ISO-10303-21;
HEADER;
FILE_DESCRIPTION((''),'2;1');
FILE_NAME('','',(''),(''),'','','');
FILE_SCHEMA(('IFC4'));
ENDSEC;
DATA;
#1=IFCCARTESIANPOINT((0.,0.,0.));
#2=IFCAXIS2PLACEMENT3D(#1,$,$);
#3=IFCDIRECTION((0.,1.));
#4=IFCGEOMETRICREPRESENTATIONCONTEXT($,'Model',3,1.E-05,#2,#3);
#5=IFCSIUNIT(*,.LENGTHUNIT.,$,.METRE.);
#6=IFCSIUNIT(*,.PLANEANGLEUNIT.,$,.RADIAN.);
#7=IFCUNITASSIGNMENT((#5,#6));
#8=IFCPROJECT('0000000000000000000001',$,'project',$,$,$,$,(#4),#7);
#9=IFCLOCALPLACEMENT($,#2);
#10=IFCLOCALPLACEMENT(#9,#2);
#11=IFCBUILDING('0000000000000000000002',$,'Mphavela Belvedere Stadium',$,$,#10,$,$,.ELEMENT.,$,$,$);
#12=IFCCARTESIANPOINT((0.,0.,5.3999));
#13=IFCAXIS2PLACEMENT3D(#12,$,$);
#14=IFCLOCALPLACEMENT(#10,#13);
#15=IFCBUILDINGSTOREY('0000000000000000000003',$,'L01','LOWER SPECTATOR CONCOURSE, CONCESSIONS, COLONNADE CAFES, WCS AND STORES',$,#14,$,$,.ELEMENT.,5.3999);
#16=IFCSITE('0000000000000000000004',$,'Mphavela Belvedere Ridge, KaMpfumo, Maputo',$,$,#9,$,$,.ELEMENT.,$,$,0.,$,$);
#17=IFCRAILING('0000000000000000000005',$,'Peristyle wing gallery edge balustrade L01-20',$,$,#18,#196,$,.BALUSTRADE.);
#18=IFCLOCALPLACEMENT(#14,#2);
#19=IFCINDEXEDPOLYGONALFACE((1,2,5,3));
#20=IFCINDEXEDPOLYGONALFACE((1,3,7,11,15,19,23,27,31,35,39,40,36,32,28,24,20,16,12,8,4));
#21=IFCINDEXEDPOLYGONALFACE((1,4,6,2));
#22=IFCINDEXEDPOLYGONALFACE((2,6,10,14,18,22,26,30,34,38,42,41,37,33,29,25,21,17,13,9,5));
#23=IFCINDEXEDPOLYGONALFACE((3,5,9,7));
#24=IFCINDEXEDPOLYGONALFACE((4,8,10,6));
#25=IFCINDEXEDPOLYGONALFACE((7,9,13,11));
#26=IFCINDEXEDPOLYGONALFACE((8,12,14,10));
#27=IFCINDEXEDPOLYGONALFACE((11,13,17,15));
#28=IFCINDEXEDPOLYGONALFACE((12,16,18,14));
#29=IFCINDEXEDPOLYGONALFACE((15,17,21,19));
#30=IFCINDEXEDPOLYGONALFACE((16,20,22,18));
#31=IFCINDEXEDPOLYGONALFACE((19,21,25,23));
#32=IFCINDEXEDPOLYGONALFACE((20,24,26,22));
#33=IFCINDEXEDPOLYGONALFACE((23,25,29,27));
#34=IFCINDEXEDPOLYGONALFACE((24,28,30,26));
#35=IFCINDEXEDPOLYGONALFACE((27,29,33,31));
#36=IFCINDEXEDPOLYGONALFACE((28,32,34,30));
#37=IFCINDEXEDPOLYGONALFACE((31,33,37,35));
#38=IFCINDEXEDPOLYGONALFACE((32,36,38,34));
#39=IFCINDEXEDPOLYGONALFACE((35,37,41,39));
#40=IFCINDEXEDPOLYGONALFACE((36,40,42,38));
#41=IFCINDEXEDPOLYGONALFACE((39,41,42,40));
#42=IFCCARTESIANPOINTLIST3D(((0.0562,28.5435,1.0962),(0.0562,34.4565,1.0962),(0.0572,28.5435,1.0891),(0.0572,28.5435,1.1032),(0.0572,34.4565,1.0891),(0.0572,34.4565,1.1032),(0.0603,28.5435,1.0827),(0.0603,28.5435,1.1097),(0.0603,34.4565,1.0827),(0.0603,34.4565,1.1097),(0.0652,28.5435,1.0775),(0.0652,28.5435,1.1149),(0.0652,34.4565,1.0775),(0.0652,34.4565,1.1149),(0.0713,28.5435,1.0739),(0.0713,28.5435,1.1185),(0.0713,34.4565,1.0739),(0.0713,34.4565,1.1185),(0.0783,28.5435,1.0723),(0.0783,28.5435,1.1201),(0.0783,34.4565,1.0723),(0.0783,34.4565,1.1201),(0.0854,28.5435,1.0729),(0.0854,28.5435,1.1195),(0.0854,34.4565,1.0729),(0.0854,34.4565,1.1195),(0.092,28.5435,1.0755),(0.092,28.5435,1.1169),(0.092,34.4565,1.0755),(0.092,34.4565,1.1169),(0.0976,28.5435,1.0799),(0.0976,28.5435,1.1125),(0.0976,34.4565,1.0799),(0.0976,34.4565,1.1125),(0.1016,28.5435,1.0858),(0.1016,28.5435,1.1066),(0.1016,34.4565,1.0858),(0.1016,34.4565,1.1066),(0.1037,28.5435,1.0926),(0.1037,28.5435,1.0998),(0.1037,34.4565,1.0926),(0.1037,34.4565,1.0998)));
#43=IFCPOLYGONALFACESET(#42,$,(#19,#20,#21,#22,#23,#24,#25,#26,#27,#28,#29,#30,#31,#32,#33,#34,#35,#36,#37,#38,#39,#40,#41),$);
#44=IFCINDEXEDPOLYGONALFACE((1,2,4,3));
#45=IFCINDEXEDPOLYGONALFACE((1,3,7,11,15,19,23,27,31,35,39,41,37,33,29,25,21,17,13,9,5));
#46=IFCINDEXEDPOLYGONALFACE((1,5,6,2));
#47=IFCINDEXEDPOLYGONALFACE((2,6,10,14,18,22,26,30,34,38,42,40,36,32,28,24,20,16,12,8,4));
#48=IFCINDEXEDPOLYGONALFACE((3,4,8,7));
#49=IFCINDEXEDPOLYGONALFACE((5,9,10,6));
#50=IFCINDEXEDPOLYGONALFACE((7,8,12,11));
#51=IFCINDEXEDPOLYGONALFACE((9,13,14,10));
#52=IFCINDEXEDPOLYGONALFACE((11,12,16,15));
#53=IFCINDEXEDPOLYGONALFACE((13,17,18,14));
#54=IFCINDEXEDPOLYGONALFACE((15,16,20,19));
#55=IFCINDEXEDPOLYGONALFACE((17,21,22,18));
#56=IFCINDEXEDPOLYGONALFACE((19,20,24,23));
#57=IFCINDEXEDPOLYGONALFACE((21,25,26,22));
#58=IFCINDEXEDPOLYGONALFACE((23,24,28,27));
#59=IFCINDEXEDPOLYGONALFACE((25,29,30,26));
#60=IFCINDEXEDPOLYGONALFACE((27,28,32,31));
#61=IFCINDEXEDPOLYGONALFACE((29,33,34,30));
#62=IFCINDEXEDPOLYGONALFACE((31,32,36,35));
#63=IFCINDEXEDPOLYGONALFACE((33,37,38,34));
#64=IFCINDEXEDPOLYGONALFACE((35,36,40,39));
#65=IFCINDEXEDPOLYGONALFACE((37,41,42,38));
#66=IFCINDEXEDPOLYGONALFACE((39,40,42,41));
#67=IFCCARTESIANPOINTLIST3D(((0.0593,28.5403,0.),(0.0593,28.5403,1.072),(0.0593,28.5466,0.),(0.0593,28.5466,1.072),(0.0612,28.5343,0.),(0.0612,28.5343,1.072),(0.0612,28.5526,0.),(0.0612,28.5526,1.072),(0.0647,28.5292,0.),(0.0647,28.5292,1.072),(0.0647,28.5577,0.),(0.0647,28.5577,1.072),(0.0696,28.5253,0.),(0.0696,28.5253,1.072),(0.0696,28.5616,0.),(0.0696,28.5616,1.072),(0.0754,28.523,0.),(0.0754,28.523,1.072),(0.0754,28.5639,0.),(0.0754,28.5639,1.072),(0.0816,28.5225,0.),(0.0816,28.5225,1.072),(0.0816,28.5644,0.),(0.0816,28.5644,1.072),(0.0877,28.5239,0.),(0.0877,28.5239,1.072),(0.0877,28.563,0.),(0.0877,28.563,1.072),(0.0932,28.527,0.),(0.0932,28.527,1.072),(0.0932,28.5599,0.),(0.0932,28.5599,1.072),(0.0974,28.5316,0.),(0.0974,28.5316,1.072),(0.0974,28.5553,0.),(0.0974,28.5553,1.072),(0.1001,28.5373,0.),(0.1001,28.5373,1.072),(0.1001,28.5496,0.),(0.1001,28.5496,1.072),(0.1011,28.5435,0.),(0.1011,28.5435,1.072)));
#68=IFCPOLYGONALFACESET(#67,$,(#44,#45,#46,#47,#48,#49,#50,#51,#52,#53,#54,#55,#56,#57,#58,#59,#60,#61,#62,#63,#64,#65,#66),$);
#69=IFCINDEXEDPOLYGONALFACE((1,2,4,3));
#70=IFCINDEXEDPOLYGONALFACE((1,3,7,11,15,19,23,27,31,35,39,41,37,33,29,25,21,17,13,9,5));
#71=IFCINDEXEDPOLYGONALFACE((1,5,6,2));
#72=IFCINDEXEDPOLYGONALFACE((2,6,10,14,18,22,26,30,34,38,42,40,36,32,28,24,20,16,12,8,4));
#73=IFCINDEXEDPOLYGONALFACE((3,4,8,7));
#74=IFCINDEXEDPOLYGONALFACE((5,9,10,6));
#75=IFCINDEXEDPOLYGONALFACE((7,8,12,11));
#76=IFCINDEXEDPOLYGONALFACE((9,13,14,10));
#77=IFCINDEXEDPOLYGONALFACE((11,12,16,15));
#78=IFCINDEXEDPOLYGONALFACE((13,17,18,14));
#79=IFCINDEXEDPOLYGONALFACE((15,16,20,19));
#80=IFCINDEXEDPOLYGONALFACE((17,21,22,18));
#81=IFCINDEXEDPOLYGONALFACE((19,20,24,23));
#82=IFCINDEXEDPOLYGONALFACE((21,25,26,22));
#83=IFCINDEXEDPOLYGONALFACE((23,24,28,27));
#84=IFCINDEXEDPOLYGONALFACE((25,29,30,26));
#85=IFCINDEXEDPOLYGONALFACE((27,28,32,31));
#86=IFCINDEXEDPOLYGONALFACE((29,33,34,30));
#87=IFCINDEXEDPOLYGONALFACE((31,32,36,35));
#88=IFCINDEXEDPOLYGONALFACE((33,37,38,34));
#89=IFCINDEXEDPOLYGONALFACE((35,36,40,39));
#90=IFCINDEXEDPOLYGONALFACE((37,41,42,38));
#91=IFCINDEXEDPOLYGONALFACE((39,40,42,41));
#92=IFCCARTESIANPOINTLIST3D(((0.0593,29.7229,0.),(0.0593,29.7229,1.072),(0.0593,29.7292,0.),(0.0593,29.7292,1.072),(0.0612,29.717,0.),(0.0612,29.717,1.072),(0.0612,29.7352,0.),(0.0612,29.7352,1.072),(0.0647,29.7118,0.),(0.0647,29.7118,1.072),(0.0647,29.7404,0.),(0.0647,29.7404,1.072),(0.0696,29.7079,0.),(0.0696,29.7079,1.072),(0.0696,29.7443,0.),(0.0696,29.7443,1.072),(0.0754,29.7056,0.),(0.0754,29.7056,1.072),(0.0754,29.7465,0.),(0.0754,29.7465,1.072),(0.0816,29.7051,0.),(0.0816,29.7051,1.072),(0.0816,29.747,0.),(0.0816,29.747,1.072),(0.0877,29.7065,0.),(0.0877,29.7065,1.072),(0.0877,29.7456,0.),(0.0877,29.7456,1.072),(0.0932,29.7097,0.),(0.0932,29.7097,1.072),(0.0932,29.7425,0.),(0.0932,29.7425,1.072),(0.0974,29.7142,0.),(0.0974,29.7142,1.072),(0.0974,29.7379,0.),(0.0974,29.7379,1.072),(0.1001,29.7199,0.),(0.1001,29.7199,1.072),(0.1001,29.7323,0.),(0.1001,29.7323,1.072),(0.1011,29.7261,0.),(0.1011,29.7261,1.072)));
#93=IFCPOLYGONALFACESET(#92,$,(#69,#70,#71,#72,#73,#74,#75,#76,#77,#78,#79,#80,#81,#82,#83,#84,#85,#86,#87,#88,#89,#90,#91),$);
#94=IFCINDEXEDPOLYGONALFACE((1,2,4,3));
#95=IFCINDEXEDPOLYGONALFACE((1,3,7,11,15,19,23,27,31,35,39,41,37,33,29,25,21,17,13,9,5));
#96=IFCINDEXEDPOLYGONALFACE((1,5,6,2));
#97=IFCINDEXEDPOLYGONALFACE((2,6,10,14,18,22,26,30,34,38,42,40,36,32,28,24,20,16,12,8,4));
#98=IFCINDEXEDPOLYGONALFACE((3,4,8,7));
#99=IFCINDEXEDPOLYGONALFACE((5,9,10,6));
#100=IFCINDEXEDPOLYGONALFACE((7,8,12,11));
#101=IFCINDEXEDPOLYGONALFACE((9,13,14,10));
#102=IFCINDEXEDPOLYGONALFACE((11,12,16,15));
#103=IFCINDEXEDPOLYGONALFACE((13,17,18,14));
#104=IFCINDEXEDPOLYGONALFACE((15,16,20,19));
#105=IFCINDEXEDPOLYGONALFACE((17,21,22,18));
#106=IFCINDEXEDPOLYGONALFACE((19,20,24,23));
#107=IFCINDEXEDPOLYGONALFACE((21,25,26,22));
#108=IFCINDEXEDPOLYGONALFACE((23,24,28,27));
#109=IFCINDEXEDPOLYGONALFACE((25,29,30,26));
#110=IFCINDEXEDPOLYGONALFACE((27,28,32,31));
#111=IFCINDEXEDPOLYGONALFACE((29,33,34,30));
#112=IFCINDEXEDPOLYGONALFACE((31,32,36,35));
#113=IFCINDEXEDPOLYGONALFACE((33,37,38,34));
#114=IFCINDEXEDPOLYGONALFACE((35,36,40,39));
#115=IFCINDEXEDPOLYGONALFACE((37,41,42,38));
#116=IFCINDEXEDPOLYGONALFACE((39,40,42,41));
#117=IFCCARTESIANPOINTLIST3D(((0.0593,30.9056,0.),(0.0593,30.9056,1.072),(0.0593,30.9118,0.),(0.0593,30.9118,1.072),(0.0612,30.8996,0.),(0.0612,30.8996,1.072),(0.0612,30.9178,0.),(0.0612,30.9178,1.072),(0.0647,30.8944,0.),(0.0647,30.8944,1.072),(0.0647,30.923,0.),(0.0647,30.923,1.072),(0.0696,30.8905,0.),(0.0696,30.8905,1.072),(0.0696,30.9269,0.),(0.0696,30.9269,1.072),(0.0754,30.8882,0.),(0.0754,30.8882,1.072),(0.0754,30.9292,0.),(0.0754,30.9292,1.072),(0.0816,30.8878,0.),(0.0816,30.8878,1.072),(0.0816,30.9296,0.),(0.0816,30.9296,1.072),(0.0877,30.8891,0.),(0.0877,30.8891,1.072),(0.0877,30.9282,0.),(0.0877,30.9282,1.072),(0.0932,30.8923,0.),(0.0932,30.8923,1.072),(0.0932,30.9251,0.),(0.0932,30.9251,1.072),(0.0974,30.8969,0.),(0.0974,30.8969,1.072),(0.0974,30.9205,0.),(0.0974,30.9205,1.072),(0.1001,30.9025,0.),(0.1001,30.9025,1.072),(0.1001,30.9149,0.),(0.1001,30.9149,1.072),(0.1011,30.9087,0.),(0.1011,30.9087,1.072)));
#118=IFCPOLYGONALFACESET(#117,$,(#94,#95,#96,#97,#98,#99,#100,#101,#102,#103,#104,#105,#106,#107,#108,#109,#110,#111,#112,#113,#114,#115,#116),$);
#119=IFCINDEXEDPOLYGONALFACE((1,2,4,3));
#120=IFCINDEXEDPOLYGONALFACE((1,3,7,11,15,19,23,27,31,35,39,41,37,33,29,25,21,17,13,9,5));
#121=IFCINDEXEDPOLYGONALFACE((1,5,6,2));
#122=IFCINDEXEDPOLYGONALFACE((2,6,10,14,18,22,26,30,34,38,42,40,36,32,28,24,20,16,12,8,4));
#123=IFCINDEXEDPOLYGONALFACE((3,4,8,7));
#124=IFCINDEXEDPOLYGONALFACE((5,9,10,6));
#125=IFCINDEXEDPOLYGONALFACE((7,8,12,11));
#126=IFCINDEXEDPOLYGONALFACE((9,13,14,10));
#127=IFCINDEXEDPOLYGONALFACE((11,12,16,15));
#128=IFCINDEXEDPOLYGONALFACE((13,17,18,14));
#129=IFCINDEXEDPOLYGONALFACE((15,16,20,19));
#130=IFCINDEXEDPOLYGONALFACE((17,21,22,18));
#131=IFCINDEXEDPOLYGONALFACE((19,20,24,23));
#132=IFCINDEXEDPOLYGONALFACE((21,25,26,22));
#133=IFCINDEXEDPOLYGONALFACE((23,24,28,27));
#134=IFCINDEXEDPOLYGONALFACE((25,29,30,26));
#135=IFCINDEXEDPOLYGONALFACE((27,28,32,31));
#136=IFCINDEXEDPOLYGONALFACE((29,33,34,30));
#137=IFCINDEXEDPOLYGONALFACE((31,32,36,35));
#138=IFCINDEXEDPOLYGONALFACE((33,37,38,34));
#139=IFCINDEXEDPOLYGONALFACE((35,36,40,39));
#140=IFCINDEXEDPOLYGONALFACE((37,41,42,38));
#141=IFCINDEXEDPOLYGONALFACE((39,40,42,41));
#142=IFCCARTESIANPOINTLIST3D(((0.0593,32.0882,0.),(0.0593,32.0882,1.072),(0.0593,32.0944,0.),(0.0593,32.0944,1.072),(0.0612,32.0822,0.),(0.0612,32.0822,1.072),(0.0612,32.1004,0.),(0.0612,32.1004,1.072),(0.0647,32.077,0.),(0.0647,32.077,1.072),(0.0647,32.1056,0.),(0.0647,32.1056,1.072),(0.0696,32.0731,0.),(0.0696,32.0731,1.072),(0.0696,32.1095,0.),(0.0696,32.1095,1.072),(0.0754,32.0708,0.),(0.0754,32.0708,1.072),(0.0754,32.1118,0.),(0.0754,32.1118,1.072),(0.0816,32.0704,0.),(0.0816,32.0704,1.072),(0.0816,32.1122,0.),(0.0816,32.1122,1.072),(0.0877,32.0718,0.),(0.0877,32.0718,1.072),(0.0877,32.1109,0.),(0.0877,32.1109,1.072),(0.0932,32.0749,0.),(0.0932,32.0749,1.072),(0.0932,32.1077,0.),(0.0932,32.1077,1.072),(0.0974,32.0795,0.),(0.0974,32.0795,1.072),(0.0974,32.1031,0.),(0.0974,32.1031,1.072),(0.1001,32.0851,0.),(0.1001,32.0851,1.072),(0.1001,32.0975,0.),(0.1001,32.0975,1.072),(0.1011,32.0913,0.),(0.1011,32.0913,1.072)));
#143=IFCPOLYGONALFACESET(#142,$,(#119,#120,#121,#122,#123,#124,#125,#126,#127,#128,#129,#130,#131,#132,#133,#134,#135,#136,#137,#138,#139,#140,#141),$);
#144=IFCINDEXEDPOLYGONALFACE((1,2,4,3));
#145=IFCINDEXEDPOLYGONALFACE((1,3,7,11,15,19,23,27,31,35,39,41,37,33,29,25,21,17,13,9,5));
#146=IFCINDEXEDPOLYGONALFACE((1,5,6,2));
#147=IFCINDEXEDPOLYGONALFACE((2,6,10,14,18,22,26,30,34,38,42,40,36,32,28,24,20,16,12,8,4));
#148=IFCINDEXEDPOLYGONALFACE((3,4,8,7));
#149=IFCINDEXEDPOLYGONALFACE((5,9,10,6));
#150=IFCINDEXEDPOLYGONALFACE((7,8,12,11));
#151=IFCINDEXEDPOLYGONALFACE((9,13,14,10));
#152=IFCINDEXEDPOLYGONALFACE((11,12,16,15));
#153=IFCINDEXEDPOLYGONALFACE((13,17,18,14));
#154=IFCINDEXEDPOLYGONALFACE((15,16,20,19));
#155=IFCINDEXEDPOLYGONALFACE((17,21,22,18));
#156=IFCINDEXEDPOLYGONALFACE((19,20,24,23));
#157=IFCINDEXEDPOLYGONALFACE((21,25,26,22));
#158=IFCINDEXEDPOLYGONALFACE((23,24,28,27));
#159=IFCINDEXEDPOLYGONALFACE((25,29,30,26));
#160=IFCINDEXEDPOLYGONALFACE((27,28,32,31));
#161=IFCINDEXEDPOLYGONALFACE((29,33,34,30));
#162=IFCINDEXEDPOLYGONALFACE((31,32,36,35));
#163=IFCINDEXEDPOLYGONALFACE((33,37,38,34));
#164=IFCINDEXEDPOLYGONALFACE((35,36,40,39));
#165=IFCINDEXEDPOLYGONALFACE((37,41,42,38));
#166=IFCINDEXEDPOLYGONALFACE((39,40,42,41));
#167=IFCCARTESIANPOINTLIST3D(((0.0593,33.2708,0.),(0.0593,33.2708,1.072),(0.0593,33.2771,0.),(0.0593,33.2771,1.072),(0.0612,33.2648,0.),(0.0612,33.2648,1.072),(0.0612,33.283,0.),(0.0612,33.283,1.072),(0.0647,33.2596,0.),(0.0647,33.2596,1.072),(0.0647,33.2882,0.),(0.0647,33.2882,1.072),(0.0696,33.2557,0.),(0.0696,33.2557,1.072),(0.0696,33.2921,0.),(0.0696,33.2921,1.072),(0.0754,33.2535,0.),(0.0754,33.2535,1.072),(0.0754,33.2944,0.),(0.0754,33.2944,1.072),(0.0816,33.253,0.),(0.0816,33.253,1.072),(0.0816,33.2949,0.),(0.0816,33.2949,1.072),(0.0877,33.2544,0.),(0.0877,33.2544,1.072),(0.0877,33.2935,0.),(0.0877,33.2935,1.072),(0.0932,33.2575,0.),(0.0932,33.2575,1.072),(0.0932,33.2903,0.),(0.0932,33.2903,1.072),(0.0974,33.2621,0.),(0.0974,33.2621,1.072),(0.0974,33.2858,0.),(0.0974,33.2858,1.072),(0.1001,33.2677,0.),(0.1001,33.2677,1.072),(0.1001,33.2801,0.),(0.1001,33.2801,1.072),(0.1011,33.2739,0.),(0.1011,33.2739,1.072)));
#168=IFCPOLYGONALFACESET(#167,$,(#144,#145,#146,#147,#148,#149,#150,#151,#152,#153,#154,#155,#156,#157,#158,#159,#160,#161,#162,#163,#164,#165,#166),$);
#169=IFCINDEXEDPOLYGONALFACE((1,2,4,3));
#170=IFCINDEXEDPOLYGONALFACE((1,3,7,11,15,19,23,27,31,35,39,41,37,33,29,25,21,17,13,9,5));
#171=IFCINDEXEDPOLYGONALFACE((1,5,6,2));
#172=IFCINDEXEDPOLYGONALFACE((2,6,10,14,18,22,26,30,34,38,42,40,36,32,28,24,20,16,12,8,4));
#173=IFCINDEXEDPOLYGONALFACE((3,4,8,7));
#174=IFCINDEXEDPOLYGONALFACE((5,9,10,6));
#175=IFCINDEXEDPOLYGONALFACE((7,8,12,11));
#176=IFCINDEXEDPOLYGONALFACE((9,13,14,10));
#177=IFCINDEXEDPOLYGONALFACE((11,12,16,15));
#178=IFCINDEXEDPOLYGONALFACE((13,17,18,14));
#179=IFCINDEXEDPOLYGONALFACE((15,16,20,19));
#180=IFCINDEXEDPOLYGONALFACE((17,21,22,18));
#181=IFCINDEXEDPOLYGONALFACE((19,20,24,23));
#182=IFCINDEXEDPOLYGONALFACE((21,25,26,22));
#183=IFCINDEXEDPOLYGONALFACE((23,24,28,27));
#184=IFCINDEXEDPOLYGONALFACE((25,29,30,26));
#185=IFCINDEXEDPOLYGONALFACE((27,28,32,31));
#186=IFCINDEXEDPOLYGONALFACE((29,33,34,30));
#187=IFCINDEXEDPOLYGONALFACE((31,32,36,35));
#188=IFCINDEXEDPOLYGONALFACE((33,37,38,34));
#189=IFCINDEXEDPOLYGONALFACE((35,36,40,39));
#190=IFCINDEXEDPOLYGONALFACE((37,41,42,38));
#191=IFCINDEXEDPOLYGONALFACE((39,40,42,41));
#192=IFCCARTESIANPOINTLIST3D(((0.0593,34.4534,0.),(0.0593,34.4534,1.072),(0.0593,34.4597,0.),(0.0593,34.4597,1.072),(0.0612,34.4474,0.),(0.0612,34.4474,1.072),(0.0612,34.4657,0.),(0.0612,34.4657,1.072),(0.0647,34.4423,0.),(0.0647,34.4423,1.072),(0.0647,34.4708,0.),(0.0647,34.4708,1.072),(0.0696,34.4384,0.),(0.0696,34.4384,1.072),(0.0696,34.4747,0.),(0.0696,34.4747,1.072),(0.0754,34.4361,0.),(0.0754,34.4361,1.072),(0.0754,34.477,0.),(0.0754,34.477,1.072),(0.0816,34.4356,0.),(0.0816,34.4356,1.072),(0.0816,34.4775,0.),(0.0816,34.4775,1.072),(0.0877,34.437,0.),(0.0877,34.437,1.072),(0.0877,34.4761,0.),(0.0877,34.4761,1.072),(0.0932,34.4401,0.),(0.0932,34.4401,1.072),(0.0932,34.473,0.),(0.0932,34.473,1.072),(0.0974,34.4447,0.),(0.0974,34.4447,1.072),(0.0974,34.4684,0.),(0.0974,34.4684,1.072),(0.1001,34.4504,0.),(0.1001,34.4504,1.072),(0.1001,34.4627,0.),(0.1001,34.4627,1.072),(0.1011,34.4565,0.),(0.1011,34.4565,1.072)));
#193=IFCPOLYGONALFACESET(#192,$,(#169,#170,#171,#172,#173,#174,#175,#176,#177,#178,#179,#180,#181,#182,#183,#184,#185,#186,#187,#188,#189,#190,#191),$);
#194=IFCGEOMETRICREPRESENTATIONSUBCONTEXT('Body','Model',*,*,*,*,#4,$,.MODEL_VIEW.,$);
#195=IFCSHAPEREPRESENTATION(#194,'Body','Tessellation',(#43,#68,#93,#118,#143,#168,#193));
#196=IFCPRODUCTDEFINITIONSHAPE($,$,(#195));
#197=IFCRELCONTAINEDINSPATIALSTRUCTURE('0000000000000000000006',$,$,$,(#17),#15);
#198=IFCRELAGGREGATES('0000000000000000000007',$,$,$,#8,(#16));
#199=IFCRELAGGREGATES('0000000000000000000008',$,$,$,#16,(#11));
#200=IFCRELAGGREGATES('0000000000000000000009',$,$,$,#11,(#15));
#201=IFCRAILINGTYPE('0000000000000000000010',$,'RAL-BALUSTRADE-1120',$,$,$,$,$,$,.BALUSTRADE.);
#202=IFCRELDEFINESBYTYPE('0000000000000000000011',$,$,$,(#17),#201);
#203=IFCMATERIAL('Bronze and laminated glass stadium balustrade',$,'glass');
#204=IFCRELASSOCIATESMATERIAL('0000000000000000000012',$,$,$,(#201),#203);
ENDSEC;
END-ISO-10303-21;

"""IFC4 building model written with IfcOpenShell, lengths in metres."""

from ifc_helpers import new_model, si_unit, direction, frame, origin, origin_2d, place, context, subcontext, project, spatial, circle, extrude, material, type_object, element, save


model = new_model("IFC4")

# Units and contexts
model_context = context("Model", 3, precision=1e-05, world=origin(), true_north=direction((0.0, 1.0)))
body_context = subcontext(model_context, "Body", "Model", "MODEL_VIEW")
ifc_project = project(units=[si_unit("LENGTHUNIT", "METRE"), si_unit("PLANEANGLEUNIT", "RADIAN")], contexts=[model_context])

# Site, building, storey
site_placement = place(None, origin())
site = spatial("IfcSite", under=ifc_project, at=site_placement, Name="Mphavela Belvedere Ridge, KaMpfumo, Maputo", CompositionType="ELEMENT", RefElevation=0.0)
building_placement = place(site_placement, origin())
building = spatial("IfcBuilding", under=site, at=building_placement, Name="Mphavela Belvedere Stadium", CompositionType="ELEMENT")
storey_placement = place(building_placement, frame((0.0, 0.0, 5.3999)))
storey = spatial("IfcBuildingStorey", under=building, at=storey_placement, Name="L01", Description="LOWER SPECTATOR CONCOURSE, CONCESSIONS, COLONNADE CAFES, WCS AND STORES", CompositionType="ELEMENT", Elevation=5.3999)

# Railing
ifc_material_1 = material(Name="Bronze and laminated glass stadium balustrade", Category="glass")
railing_type = type_object("IfcRailingType", Name="RAL-BALUSTRADE-1120", PredefinedType="BALUSTRADE", material=ifc_material_1)
for number, where, name in (
    (1, (0.0801, 28.5435, 0.0), "Peristyle wing gallery edge balustrade L01-20"),
):
    element("IfcRailing", number, at=place(storey_placement, frame(where)), inside=storey, type_object=railing_type, Name=name, PredefinedType="BALUSTRADE", context=body_context, shape_type="SweptSolid", body=[
        extrude(circle(Radius=0.0239, at=origin_2d()), frame((0.0, 0.0, 1.0962), z_axis=(0.0, 1.0, 0.0), x_axis=(-1.0, 0.0, 0.0)), (0.0, 0.0, 1.0), 5.9131),
        extrude(circle(Radius=0.021, at=origin_2d()), origin(), (0.0, 0.0, 1.0), 1.072),
        extrude(circle(Radius=0.021, at=origin_2d()), frame((0.0, 1.1826, 0.0)), (0.0, 0.0, 1.0), 1.072),
        extrude(circle(Radius=0.021, at=origin_2d()), frame((0.0, 2.3652, 0.0)), (0.0, 0.0, 1.0), 1.072),
        extrude(circle(Radius=0.021, at=origin_2d()), frame((0.0, 3.5479, 0.0)), (0.0, 0.0, 1.0), 1.072),
        extrude(circle(Radius=0.021, at=origin_2d()), frame((0.0, 4.7305, 0.0)), (0.0, 0.0, 1.0), 1.072),
        extrude(circle(Radius=0.021, at=origin_2d()), frame((0.0, 5.9131, 0.0)), (0.0, 0.0, 1.0), 1.072),
    ])

save(model, "model.ifc")
